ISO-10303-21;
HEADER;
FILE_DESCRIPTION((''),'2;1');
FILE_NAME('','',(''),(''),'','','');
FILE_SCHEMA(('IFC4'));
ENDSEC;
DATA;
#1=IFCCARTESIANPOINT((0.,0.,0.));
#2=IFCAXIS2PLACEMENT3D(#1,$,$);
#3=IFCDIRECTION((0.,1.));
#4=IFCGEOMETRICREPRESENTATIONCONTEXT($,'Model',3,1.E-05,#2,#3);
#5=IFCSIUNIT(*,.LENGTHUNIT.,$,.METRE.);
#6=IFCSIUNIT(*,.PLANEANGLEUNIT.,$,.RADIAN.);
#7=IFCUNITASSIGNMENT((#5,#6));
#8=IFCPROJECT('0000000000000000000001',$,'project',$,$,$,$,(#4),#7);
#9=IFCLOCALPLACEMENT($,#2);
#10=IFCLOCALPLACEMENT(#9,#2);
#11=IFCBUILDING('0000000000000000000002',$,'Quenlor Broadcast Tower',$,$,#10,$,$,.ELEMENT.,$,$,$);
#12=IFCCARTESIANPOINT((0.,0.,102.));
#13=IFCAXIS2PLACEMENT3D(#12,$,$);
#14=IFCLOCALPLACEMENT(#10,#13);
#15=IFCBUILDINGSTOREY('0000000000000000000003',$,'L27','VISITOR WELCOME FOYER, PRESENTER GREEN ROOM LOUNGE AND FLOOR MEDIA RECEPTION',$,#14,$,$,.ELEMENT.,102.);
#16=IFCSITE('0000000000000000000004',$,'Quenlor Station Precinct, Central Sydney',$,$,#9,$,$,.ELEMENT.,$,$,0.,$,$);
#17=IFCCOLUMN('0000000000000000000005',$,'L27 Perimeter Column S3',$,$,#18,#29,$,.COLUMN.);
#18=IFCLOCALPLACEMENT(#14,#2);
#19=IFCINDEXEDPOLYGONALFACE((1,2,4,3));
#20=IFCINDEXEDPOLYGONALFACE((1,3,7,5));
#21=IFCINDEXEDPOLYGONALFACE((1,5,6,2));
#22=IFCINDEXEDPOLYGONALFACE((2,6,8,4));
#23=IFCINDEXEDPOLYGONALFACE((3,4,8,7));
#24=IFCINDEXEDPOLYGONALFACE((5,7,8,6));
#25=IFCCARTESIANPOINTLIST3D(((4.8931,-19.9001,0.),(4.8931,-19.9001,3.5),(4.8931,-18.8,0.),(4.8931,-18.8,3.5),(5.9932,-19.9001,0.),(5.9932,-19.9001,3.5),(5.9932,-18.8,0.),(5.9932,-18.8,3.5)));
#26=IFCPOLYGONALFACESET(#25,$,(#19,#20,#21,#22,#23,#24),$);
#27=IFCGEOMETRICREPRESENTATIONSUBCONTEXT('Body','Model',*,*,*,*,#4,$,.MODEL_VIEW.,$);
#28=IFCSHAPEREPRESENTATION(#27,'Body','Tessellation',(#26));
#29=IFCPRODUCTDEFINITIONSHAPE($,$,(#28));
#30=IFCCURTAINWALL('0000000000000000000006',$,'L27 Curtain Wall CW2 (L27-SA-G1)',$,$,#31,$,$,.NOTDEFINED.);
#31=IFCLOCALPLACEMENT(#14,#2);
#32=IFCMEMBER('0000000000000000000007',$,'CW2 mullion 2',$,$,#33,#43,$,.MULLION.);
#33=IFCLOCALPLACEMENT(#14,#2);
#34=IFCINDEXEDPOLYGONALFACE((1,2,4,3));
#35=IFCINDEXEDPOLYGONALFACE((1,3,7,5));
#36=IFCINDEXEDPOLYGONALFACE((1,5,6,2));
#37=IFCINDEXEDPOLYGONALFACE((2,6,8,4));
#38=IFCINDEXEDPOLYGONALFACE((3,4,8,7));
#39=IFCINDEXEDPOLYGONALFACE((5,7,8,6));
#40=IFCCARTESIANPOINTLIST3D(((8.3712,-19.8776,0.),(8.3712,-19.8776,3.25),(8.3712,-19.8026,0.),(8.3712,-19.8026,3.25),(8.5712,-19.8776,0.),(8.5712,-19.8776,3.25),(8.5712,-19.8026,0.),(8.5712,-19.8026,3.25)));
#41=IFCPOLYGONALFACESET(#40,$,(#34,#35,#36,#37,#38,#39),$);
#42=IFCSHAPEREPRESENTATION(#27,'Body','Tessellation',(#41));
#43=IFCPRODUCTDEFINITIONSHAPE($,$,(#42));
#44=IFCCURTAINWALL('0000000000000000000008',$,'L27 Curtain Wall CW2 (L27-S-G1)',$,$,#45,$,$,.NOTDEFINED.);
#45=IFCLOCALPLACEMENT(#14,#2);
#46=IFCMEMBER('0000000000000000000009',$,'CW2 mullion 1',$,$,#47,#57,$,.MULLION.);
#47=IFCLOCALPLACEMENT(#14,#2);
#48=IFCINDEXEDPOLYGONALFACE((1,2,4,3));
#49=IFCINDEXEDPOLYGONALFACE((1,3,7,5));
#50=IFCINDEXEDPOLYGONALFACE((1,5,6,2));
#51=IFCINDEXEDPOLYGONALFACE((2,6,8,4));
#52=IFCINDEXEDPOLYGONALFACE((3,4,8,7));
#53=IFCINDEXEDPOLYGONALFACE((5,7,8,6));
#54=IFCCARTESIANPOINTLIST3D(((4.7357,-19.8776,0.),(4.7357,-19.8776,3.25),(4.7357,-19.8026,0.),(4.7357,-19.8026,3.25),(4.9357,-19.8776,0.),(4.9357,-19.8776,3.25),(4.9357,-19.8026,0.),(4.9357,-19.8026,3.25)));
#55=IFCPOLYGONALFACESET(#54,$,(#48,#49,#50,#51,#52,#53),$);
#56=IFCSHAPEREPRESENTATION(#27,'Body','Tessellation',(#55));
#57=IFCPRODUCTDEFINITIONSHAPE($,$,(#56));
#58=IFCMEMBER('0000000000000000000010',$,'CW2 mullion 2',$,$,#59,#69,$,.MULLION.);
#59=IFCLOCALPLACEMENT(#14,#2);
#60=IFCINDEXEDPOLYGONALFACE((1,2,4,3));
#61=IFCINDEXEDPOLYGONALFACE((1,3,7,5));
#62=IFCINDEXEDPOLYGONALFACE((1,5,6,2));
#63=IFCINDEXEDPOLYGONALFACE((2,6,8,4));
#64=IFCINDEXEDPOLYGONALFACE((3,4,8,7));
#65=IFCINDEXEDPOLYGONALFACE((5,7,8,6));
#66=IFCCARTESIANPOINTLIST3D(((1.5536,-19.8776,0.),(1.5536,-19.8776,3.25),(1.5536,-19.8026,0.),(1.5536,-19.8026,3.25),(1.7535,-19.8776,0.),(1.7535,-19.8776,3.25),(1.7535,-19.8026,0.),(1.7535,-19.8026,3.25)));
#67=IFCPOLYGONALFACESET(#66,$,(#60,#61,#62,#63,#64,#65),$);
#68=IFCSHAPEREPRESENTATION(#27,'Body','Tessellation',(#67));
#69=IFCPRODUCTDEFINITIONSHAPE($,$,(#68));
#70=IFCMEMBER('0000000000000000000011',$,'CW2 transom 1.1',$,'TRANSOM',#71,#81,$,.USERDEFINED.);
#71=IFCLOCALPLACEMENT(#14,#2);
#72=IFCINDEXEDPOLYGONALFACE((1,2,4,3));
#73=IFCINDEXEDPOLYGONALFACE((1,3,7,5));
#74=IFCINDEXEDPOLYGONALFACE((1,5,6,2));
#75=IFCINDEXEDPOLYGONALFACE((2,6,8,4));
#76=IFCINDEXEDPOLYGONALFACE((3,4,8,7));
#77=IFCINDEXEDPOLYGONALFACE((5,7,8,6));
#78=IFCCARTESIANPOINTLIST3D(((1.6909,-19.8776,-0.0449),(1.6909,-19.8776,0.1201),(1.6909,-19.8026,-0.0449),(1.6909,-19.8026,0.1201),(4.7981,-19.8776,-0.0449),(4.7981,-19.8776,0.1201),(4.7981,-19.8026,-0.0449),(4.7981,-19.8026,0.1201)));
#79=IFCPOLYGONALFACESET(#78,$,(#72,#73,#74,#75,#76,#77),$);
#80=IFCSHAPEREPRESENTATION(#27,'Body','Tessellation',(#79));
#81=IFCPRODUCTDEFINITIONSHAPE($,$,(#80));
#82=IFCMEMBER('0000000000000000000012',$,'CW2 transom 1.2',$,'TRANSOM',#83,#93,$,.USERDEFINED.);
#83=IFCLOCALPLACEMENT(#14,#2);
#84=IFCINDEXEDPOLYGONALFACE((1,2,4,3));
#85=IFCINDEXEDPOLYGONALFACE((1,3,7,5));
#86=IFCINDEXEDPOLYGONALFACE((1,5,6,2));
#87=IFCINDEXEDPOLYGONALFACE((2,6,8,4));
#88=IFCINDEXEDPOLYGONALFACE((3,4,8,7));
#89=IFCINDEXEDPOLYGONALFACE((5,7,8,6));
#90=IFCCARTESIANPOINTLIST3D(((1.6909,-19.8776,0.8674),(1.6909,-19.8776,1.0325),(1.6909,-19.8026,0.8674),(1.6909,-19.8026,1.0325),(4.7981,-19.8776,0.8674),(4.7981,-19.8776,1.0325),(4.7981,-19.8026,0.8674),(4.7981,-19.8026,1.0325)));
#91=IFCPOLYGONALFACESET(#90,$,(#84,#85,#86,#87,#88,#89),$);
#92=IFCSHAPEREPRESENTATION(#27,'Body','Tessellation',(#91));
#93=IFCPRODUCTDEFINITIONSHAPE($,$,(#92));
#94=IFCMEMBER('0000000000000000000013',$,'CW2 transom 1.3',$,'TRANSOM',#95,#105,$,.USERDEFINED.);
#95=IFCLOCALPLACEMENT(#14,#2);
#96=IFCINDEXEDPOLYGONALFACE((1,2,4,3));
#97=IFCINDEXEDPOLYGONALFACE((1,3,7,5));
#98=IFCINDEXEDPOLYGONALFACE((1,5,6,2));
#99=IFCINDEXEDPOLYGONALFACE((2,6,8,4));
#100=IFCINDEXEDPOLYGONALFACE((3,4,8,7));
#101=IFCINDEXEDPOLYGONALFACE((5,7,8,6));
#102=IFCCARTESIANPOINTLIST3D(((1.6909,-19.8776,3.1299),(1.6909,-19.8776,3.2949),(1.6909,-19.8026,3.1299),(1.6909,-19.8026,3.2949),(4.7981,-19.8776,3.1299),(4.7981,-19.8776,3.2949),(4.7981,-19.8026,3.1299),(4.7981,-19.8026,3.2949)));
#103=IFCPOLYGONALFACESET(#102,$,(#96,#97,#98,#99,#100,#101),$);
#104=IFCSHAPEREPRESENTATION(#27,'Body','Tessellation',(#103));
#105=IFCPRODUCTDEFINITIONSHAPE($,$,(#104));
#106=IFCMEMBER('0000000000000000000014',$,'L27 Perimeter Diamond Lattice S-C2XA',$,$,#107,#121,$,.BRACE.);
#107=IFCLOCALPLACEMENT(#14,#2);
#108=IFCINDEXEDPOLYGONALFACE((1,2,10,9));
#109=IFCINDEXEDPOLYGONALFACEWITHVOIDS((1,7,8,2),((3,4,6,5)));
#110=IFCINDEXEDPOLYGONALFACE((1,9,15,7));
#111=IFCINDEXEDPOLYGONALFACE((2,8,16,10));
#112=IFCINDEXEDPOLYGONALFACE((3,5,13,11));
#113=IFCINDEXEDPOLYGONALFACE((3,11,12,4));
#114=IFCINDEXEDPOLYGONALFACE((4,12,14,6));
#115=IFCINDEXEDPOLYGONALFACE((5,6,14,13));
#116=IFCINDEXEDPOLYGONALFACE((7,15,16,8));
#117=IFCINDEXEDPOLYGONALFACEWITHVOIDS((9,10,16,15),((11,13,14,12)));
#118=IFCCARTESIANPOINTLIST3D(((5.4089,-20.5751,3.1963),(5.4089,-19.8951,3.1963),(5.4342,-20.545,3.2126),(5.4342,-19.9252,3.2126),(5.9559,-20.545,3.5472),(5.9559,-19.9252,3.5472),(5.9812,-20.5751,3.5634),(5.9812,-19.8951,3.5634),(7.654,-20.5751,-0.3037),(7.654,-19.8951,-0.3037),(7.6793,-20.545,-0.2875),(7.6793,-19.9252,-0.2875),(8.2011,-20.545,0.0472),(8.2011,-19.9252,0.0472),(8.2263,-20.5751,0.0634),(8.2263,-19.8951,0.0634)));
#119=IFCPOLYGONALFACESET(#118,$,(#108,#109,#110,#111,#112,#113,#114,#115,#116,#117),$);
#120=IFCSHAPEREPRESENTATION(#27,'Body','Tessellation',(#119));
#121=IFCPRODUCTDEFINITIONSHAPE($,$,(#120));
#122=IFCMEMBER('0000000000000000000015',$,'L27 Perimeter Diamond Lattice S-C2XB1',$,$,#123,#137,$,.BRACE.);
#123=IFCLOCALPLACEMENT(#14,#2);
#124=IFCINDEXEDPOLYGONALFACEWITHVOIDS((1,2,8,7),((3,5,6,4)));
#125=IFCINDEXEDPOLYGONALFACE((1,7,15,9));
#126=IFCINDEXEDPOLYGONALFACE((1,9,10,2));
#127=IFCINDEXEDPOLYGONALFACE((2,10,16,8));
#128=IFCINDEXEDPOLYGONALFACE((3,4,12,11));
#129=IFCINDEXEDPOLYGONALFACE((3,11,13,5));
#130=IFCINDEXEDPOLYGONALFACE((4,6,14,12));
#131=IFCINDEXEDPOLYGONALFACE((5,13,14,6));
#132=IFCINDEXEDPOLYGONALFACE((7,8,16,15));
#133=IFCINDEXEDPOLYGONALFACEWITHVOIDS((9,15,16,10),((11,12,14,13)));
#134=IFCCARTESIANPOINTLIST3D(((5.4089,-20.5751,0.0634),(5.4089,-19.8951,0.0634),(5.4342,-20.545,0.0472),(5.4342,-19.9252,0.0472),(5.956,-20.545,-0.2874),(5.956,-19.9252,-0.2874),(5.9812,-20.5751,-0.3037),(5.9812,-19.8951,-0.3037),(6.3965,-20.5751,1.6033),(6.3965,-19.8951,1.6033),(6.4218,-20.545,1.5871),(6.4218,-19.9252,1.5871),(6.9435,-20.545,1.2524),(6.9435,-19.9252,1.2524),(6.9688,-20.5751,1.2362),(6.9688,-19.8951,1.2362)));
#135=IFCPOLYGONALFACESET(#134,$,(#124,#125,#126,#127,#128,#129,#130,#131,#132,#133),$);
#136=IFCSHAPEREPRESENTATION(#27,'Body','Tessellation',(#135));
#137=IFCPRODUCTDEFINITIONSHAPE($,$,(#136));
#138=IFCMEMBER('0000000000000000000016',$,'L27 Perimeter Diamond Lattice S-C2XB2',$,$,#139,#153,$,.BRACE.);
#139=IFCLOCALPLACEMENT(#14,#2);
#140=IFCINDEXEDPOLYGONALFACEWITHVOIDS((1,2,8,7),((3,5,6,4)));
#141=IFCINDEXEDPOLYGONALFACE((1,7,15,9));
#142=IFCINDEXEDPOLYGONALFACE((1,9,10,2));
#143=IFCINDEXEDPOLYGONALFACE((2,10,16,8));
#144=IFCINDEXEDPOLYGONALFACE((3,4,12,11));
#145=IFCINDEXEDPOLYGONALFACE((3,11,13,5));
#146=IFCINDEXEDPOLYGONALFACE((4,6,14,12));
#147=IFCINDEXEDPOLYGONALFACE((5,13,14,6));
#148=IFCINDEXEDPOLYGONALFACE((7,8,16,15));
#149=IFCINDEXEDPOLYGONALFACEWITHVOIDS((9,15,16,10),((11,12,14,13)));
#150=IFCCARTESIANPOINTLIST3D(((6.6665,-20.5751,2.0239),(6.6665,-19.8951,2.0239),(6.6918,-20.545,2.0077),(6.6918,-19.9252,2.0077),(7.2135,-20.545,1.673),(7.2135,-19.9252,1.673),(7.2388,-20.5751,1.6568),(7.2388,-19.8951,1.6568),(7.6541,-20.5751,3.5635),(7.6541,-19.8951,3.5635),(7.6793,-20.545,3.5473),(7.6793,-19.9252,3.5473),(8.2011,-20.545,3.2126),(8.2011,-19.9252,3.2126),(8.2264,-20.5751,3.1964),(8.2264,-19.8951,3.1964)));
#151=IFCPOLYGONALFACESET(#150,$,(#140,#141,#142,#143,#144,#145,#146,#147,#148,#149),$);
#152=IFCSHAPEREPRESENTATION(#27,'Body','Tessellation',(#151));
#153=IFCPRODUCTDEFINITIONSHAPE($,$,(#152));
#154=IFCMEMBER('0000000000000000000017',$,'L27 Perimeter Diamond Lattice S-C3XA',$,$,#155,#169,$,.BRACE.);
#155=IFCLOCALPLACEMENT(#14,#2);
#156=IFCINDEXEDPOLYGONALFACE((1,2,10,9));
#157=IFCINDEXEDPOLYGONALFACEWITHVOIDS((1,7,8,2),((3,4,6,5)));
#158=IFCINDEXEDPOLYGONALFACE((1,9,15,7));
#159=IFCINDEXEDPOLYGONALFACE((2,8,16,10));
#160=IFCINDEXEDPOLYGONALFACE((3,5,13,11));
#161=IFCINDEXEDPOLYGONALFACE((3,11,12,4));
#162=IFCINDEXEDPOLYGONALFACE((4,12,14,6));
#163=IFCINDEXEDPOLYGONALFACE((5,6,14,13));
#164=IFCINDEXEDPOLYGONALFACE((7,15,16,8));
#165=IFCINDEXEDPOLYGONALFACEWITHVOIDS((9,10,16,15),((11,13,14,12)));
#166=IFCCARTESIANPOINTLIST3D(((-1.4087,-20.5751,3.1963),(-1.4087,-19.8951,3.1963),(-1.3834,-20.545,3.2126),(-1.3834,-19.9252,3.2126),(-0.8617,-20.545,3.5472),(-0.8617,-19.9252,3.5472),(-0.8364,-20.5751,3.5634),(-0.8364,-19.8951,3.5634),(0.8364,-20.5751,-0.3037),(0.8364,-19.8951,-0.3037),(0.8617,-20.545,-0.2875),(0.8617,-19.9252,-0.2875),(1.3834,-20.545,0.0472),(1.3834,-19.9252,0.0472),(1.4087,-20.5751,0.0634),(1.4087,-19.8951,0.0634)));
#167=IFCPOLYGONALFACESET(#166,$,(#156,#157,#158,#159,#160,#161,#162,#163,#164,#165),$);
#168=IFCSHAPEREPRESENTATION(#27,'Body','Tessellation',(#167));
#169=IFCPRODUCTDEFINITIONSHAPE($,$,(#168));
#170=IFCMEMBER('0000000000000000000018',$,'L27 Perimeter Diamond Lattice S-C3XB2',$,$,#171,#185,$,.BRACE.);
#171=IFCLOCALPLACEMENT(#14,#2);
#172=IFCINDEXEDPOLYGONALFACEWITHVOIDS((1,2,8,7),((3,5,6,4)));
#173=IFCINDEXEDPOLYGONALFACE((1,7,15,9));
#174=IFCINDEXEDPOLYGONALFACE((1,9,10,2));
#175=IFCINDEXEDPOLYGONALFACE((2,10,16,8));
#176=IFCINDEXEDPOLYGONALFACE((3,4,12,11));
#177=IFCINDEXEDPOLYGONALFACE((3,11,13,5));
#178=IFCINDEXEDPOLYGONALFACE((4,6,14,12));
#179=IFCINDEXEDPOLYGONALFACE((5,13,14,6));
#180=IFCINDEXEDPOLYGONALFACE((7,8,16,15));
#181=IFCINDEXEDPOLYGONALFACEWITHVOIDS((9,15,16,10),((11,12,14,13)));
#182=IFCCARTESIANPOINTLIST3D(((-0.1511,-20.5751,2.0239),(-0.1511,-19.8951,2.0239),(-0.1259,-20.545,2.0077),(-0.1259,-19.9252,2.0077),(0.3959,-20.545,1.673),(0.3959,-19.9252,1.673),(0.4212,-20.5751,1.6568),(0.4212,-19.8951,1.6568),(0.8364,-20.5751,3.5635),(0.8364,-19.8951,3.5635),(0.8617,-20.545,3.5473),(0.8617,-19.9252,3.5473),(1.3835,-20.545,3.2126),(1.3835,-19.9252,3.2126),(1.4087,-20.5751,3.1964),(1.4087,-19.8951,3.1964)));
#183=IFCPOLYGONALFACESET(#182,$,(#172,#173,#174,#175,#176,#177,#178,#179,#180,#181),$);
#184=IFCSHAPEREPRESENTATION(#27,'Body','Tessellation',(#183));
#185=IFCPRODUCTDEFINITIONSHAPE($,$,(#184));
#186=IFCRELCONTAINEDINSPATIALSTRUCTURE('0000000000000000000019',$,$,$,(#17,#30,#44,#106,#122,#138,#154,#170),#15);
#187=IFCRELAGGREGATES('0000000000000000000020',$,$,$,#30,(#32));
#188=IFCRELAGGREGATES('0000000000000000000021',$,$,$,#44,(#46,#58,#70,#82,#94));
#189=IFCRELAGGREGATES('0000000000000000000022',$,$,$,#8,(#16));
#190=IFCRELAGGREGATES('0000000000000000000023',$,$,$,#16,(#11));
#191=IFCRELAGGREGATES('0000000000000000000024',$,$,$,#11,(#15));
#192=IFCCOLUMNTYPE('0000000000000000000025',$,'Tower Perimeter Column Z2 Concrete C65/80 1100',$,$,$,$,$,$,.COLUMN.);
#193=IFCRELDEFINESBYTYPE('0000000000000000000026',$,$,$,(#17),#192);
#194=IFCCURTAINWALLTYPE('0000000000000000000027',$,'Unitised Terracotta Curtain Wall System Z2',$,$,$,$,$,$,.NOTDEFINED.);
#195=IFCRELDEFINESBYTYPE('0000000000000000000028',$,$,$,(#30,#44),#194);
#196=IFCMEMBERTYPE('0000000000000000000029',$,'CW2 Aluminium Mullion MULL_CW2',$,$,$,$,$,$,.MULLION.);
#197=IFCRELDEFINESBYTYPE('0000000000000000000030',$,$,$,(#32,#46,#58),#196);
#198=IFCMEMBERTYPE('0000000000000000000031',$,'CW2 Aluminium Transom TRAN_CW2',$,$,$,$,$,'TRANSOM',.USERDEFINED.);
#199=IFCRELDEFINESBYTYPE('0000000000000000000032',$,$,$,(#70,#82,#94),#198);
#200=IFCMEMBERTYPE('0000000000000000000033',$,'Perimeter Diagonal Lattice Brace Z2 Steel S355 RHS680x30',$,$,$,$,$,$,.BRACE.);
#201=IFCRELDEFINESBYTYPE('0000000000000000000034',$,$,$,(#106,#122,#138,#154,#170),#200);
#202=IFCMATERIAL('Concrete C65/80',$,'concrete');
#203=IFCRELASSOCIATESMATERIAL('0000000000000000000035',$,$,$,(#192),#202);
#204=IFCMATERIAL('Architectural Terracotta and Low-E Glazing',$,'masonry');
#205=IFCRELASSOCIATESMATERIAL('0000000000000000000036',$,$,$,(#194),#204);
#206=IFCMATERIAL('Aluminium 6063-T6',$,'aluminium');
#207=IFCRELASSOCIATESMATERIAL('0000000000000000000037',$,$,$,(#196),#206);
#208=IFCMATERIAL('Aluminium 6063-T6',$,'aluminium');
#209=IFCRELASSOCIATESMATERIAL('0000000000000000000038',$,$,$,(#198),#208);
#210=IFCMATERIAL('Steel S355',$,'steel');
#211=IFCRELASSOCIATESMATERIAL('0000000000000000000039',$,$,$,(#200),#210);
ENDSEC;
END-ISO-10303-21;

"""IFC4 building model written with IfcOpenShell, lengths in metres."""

from ifc_helpers import new_model, si_unit, direction, frame, origin, origin_2d, place, context, subcontext, project, spatial, rectangle, hollow_rectangle, extrude, material, material_profile, profile_set, type_object, element, aggregate, save


model = new_model("IFC4")

# Units and contexts
model_context = context("Model", 3, precision=1e-05, world=origin(), true_north=direction((0.0, 1.0)))
body_context = subcontext(model_context, "Body", "Model", "MODEL_VIEW")
ifc_project = project(units=[si_unit("LENGTHUNIT", "METRE"), si_unit("PLANEANGLEUNIT", "RADIAN")], contexts=[model_context])

# Site, building, storey
site_placement = place(None, origin())
site = spatial("IfcSite", under=ifc_project, at=site_placement, Name="Quenlor Station Precinct, Central Sydney", CompositionType="ELEMENT", RefElevation=0.0)
building_placement = place(site_placement, origin())
building = spatial("IfcBuilding", under=site, at=building_placement, Name="Quenlor Broadcast Tower", CompositionType="ELEMENT")
storey_placement = place(building_placement, frame((0.0, 0.0, 102.0)))
storey = spatial("IfcBuildingStorey", under=building, at=storey_placement, Name="L27", Description="VISITOR WELCOME FOYER, PRESENTER GREEN ROOM LOUNGE AND FLOOR MEDIA RECEPTION", CompositionType="ELEMENT", Elevation=102.0)

# Column
ifc_material_1 = material(Name="Concrete C65/80", Category="concrete")
ifc_material_profile_1 = material_profile(ifc_material_1, rectangle(XDim=1.1001, YDim=1.1001, at=origin_2d()))
ifc_profile_set_1 = profile_set([ifc_material_profile_1], Name="Concrete C65/80 RC1100x1100")
column_type = type_object("IfcColumnType", Name="Tower Perimeter Column Z2 Concrete C65/80 1100", PredefinedType="COLUMN", material=ifc_profile_set_1)
column_placement = place(storey_placement, frame((5.4431, -19.3501, 0.0), z_axis=(0.0, 0.0, 1.0), x_axis=(0.0, 1.0, 0.0)))
element("IfcColumn", 1, at=column_placement, inside=storey, type_object=column_type, Name="L27 Perimeter Column S3", PredefinedType="COLUMN", context=body_context, shape_type="SweptSolid", body=[
    extrude(rectangle(XDim=1.1001, YDim=1.1001, at=origin_2d()), origin(), (0.0, 0.0, 1.0), 3.5),
])

# Curtain wall, member
ifc_material_2 = material(Name="Architectural Terracotta and Low-E Glazing", Category="masonry")
curtain_wall_type = type_object("IfcCurtainWallType", Name="Unitised Terracotta Curtain Wall System Z2", PredefinedType="NOTDEFINED", material=ifc_material_2)
curtain_wall_1_placement = place(storey_placement, origin())
curtain_wall_1 = element("IfcCurtainWall", 2, at=curtain_wall_1_placement, inside=storey, type_object=curtain_wall_type, Name="L27 Curtain Wall CW2 (L27-SA-G1)", PredefinedType="NOTDEFINED")
ifc_material_3 = material(Name="Aluminium 6063-T6", Category="aluminium")
ifc_material_profile_2 = material_profile(ifc_material_3, rectangle(XDim=0.075, YDim=0.2, at=origin_2d()))
ifc_profile_set_2 = profile_set([ifc_material_profile_2], Name="Aluminium 6063-T6 MULL75x200")
member_type_1 = type_object("IfcMemberType", Name="CW2 Aluminium Mullion MULL_CW2", PredefinedType="MULLION", material=ifc_profile_set_2)
member_1_placement = place(storey_placement, frame((8.4712, -19.8401, 0.0), z_axis=(0.0, 0.0, 1.0), x_axis=(0.0, -1.0, 0.0)))
member_1 = element("IfcMember", 3, at=member_1_placement, type_object=member_type_1, Name="CW2 mullion 2", PredefinedType="MULLION", context=body_context, shape_type="SweptSolid", body=[
    extrude(rectangle(XDim=0.075, YDim=0.2, at=origin_2d()), origin(), (0.0, 0.0, 1.0), 3.25),
])

# Curtain wall, members
curtain_wall_2_placement = place(storey_placement, origin())
curtain_wall_2 = element("IfcCurtainWall", 4, at=curtain_wall_2_placement, inside=storey, type_object=curtain_wall_type, Name="L27 Curtain Wall CW2 (L27-S-G1)", PredefinedType="NOTDEFINED")
member_2_placement = place(storey_placement, frame((4.8357, -19.8401, 0.0), z_axis=(0.0, 0.0, 1.0), x_axis=(0.0, -1.0, 0.0)))
member_2 = element("IfcMember", 5, at=member_2_placement, type_object=member_type_1, Name="CW2 mullion 1", PredefinedType="MULLION", context=body_context, shape_type="SweptSolid", body=[
    extrude(rectangle(XDim=0.075, YDim=0.2, at=origin_2d()), origin(), (0.0, 0.0, 1.0), 3.25),
])
member_3_placement = place(storey_placement, frame((1.6536, -19.8401, 0.0), z_axis=(0.0, 0.0, 1.0), x_axis=(0.0, -1.0, 0.0)))
member_3 = element("IfcMember", 6, at=member_3_placement, type_object=member_type_1, Name="CW2 mullion 2", PredefinedType="MULLION", context=body_context, shape_type="SweptSolid", body=[
    extrude(rectangle(XDim=0.075, YDim=0.2, at=origin_2d()), origin(), (0.0, 0.0, 1.0), 3.25),
])
ifc_material_4 = material(Name="Aluminium 6063-T6", Category="aluminium")
ifc_material_profile_3 = material_profile(ifc_material_4, rectangle(XDim=0.075, YDim=0.165, at=origin_2d()))
ifc_profile_set_3 = profile_set([ifc_material_profile_3], Name="Aluminium 6063-T6 TRAN75x165")
member_type_2 = type_object("IfcMemberType", Name="CW2 Aluminium Transom TRAN_CW2", ElementType="TRANSOM", PredefinedType="USERDEFINED", material=ifc_profile_set_3)
member_4_placement = place(storey_placement, frame((4.7981, -19.8401, 0.0376), z_axis=(-1.0, 0.0, 0.0), x_axis=(0.0, -1.0, 0.0)))
member_4 = element("IfcMember", 7, at=member_4_placement, type_object=member_type_2, Name="CW2 transom 1.1", ObjectType="TRANSOM", PredefinedType="USERDEFINED", context=body_context, shape_type="SweptSolid", body=[
    extrude(rectangle(XDim=0.075, YDim=0.165, at=origin_2d()), origin(), (0.0, 0.0, 1.0), 3.1072),
])
member_5_placement = place(storey_placement, frame((4.7981, -19.8401, 0.95), z_axis=(-1.0, 0.0, 0.0), x_axis=(0.0, -1.0, 0.0)))
member_5 = element("IfcMember", 8, at=member_5_placement, type_object=member_type_2, Name="CW2 transom 1.2", ObjectType="TRANSOM", PredefinedType="USERDEFINED", context=body_context, shape_type="SweptSolid", body=[
    extrude(rectangle(XDim=0.075, YDim=0.165, at=origin_2d()), origin(), (0.0, 0.0, 1.0), 3.1072),
])
member_6_placement = place(storey_placement, frame((4.7981, -19.8401, 3.2124), z_axis=(-1.0, 0.0, 0.0), x_axis=(0.0, -1.0, 0.0)))
member_6 = element("IfcMember", 9, at=member_6_placement, type_object=member_type_2, Name="CW2 transom 1.3", ObjectType="TRANSOM", PredefinedType="USERDEFINED", context=body_context, shape_type="SweptSolid", body=[
    extrude(rectangle(XDim=0.075, YDim=0.165, at=origin_2d()), origin(), (0.0, 0.0, 1.0), 3.1072),
])

# Members
ifc_material_5 = material(Name="Steel S355", Category="steel")
ifc_material_profile_4 = material_profile(ifc_material_5, hollow_rectangle(XDim=0.6799, YDim=0.6799, WallThickness=0.03, at=origin_2d()))
ifc_profile_set_4 = profile_set([ifc_material_profile_4], Name="Steel S355 RHS680x680x30")
member_type_3 = type_object("IfcMemberType", Name="Perimeter Diagonal Lattice Brace Z2 Steel S355 RHS680x30", PredefinedType="BRACE", material=ifc_profile_set_4)
member_7_placement = place(storey_placement, frame((7.9402, -20.2351, -0.1201), z_axis=(-0.539926, 0.0, 0.841712), x_axis=(0.0, -1.0, 0.0)))
element("IfcMember", 10, at=member_7_placement, inside=storey, type_object=member_type_3, Name="L27 Perimeter Diamond Lattice S-C2XA", PredefinedType="BRACE", context=body_context, shape_type="SweptSolid", body=[
    extrude(hollow_rectangle(XDim=0.6799, YDim=0.6799, WallThickness=0.03, at=origin_2d()), origin(), (0.0, 0.0, 1.0), 4.1582),
])
member_8_placement = place(storey_placement, frame((5.6951, -20.2351, -0.1201), z_axis=(0.53986, 0.0, 0.841755), x_axis=(0.0, 1.0, 0.0)))
element("IfcMember", 11, at=member_8_placement, inside=storey, type_object=member_type_3, Name="L27 Perimeter Diamond Lattice S-C2XB1", PredefinedType="BRACE", context=body_context, shape_type="SweptSolid", body=[
    extrude(hollow_rectangle(XDim=0.6799, YDim=0.6799, WallThickness=0.03, at=origin_2d()), origin(), (0.0, 0.0, 1.0), 1.8293),
])
member_9_placement = place(storey_placement, frame((6.9526, -20.2351, 1.8403), z_axis=(0.539921, 0.0, 0.841716), x_axis=(0.0, 1.0, 0.0)))
element("IfcMember", 12, at=member_9_placement, inside=storey, type_object=member_type_3, Name="L27 Perimeter Diamond Lattice S-C2XB2", PredefinedType="BRACE", context=body_context, shape_type="SweptSolid", body=[
    extrude(hollow_rectangle(XDim=0.6799, YDim=0.6799, WallThickness=0.03, at=origin_2d()), origin(), (0.0, 0.0, 1.0), 1.8291),
])
member_10_placement = place(storey_placement, frame((1.1226, -20.2351, -0.1201), z_axis=(-0.539926, 0.0, 0.841712), x_axis=(0.0, -1.0, 0.0)))
element("IfcMember", 13, at=member_10_placement, inside=storey, type_object=member_type_3, Name="L27 Perimeter Diamond Lattice S-C3XA", PredefinedType="BRACE", context=body_context, shape_type="SweptSolid", body=[
    extrude(hollow_rectangle(XDim=0.6799, YDim=0.6799, WallThickness=0.03, at=origin_2d()), origin(), (0.0, 0.0, 1.0), 4.1582),
])
member_11_placement = place(storey_placement, frame((0.135, -20.2351, 1.8403), z_axis=(0.539921, 0.0, 0.841716), x_axis=(0.0, 1.0, 0.0)))
element("IfcMember", 14, at=member_11_placement, inside=storey, type_object=member_type_3, Name="L27 Perimeter Diamond Lattice S-C3XB2", PredefinedType="BRACE", context=body_context, shape_type="SweptSolid", body=[
    extrude(hollow_rectangle(XDim=0.6799, YDim=0.6799, WallThickness=0.03, at=origin_2d()), origin(), (0.0, 0.0, 1.0), 1.8291),
])

aggregate(curtain_wall_1, [member_1])
aggregate(curtain_wall_2, [member_2, member_3, member_4, member_5, member_6])

save(model, "model.ifc")
